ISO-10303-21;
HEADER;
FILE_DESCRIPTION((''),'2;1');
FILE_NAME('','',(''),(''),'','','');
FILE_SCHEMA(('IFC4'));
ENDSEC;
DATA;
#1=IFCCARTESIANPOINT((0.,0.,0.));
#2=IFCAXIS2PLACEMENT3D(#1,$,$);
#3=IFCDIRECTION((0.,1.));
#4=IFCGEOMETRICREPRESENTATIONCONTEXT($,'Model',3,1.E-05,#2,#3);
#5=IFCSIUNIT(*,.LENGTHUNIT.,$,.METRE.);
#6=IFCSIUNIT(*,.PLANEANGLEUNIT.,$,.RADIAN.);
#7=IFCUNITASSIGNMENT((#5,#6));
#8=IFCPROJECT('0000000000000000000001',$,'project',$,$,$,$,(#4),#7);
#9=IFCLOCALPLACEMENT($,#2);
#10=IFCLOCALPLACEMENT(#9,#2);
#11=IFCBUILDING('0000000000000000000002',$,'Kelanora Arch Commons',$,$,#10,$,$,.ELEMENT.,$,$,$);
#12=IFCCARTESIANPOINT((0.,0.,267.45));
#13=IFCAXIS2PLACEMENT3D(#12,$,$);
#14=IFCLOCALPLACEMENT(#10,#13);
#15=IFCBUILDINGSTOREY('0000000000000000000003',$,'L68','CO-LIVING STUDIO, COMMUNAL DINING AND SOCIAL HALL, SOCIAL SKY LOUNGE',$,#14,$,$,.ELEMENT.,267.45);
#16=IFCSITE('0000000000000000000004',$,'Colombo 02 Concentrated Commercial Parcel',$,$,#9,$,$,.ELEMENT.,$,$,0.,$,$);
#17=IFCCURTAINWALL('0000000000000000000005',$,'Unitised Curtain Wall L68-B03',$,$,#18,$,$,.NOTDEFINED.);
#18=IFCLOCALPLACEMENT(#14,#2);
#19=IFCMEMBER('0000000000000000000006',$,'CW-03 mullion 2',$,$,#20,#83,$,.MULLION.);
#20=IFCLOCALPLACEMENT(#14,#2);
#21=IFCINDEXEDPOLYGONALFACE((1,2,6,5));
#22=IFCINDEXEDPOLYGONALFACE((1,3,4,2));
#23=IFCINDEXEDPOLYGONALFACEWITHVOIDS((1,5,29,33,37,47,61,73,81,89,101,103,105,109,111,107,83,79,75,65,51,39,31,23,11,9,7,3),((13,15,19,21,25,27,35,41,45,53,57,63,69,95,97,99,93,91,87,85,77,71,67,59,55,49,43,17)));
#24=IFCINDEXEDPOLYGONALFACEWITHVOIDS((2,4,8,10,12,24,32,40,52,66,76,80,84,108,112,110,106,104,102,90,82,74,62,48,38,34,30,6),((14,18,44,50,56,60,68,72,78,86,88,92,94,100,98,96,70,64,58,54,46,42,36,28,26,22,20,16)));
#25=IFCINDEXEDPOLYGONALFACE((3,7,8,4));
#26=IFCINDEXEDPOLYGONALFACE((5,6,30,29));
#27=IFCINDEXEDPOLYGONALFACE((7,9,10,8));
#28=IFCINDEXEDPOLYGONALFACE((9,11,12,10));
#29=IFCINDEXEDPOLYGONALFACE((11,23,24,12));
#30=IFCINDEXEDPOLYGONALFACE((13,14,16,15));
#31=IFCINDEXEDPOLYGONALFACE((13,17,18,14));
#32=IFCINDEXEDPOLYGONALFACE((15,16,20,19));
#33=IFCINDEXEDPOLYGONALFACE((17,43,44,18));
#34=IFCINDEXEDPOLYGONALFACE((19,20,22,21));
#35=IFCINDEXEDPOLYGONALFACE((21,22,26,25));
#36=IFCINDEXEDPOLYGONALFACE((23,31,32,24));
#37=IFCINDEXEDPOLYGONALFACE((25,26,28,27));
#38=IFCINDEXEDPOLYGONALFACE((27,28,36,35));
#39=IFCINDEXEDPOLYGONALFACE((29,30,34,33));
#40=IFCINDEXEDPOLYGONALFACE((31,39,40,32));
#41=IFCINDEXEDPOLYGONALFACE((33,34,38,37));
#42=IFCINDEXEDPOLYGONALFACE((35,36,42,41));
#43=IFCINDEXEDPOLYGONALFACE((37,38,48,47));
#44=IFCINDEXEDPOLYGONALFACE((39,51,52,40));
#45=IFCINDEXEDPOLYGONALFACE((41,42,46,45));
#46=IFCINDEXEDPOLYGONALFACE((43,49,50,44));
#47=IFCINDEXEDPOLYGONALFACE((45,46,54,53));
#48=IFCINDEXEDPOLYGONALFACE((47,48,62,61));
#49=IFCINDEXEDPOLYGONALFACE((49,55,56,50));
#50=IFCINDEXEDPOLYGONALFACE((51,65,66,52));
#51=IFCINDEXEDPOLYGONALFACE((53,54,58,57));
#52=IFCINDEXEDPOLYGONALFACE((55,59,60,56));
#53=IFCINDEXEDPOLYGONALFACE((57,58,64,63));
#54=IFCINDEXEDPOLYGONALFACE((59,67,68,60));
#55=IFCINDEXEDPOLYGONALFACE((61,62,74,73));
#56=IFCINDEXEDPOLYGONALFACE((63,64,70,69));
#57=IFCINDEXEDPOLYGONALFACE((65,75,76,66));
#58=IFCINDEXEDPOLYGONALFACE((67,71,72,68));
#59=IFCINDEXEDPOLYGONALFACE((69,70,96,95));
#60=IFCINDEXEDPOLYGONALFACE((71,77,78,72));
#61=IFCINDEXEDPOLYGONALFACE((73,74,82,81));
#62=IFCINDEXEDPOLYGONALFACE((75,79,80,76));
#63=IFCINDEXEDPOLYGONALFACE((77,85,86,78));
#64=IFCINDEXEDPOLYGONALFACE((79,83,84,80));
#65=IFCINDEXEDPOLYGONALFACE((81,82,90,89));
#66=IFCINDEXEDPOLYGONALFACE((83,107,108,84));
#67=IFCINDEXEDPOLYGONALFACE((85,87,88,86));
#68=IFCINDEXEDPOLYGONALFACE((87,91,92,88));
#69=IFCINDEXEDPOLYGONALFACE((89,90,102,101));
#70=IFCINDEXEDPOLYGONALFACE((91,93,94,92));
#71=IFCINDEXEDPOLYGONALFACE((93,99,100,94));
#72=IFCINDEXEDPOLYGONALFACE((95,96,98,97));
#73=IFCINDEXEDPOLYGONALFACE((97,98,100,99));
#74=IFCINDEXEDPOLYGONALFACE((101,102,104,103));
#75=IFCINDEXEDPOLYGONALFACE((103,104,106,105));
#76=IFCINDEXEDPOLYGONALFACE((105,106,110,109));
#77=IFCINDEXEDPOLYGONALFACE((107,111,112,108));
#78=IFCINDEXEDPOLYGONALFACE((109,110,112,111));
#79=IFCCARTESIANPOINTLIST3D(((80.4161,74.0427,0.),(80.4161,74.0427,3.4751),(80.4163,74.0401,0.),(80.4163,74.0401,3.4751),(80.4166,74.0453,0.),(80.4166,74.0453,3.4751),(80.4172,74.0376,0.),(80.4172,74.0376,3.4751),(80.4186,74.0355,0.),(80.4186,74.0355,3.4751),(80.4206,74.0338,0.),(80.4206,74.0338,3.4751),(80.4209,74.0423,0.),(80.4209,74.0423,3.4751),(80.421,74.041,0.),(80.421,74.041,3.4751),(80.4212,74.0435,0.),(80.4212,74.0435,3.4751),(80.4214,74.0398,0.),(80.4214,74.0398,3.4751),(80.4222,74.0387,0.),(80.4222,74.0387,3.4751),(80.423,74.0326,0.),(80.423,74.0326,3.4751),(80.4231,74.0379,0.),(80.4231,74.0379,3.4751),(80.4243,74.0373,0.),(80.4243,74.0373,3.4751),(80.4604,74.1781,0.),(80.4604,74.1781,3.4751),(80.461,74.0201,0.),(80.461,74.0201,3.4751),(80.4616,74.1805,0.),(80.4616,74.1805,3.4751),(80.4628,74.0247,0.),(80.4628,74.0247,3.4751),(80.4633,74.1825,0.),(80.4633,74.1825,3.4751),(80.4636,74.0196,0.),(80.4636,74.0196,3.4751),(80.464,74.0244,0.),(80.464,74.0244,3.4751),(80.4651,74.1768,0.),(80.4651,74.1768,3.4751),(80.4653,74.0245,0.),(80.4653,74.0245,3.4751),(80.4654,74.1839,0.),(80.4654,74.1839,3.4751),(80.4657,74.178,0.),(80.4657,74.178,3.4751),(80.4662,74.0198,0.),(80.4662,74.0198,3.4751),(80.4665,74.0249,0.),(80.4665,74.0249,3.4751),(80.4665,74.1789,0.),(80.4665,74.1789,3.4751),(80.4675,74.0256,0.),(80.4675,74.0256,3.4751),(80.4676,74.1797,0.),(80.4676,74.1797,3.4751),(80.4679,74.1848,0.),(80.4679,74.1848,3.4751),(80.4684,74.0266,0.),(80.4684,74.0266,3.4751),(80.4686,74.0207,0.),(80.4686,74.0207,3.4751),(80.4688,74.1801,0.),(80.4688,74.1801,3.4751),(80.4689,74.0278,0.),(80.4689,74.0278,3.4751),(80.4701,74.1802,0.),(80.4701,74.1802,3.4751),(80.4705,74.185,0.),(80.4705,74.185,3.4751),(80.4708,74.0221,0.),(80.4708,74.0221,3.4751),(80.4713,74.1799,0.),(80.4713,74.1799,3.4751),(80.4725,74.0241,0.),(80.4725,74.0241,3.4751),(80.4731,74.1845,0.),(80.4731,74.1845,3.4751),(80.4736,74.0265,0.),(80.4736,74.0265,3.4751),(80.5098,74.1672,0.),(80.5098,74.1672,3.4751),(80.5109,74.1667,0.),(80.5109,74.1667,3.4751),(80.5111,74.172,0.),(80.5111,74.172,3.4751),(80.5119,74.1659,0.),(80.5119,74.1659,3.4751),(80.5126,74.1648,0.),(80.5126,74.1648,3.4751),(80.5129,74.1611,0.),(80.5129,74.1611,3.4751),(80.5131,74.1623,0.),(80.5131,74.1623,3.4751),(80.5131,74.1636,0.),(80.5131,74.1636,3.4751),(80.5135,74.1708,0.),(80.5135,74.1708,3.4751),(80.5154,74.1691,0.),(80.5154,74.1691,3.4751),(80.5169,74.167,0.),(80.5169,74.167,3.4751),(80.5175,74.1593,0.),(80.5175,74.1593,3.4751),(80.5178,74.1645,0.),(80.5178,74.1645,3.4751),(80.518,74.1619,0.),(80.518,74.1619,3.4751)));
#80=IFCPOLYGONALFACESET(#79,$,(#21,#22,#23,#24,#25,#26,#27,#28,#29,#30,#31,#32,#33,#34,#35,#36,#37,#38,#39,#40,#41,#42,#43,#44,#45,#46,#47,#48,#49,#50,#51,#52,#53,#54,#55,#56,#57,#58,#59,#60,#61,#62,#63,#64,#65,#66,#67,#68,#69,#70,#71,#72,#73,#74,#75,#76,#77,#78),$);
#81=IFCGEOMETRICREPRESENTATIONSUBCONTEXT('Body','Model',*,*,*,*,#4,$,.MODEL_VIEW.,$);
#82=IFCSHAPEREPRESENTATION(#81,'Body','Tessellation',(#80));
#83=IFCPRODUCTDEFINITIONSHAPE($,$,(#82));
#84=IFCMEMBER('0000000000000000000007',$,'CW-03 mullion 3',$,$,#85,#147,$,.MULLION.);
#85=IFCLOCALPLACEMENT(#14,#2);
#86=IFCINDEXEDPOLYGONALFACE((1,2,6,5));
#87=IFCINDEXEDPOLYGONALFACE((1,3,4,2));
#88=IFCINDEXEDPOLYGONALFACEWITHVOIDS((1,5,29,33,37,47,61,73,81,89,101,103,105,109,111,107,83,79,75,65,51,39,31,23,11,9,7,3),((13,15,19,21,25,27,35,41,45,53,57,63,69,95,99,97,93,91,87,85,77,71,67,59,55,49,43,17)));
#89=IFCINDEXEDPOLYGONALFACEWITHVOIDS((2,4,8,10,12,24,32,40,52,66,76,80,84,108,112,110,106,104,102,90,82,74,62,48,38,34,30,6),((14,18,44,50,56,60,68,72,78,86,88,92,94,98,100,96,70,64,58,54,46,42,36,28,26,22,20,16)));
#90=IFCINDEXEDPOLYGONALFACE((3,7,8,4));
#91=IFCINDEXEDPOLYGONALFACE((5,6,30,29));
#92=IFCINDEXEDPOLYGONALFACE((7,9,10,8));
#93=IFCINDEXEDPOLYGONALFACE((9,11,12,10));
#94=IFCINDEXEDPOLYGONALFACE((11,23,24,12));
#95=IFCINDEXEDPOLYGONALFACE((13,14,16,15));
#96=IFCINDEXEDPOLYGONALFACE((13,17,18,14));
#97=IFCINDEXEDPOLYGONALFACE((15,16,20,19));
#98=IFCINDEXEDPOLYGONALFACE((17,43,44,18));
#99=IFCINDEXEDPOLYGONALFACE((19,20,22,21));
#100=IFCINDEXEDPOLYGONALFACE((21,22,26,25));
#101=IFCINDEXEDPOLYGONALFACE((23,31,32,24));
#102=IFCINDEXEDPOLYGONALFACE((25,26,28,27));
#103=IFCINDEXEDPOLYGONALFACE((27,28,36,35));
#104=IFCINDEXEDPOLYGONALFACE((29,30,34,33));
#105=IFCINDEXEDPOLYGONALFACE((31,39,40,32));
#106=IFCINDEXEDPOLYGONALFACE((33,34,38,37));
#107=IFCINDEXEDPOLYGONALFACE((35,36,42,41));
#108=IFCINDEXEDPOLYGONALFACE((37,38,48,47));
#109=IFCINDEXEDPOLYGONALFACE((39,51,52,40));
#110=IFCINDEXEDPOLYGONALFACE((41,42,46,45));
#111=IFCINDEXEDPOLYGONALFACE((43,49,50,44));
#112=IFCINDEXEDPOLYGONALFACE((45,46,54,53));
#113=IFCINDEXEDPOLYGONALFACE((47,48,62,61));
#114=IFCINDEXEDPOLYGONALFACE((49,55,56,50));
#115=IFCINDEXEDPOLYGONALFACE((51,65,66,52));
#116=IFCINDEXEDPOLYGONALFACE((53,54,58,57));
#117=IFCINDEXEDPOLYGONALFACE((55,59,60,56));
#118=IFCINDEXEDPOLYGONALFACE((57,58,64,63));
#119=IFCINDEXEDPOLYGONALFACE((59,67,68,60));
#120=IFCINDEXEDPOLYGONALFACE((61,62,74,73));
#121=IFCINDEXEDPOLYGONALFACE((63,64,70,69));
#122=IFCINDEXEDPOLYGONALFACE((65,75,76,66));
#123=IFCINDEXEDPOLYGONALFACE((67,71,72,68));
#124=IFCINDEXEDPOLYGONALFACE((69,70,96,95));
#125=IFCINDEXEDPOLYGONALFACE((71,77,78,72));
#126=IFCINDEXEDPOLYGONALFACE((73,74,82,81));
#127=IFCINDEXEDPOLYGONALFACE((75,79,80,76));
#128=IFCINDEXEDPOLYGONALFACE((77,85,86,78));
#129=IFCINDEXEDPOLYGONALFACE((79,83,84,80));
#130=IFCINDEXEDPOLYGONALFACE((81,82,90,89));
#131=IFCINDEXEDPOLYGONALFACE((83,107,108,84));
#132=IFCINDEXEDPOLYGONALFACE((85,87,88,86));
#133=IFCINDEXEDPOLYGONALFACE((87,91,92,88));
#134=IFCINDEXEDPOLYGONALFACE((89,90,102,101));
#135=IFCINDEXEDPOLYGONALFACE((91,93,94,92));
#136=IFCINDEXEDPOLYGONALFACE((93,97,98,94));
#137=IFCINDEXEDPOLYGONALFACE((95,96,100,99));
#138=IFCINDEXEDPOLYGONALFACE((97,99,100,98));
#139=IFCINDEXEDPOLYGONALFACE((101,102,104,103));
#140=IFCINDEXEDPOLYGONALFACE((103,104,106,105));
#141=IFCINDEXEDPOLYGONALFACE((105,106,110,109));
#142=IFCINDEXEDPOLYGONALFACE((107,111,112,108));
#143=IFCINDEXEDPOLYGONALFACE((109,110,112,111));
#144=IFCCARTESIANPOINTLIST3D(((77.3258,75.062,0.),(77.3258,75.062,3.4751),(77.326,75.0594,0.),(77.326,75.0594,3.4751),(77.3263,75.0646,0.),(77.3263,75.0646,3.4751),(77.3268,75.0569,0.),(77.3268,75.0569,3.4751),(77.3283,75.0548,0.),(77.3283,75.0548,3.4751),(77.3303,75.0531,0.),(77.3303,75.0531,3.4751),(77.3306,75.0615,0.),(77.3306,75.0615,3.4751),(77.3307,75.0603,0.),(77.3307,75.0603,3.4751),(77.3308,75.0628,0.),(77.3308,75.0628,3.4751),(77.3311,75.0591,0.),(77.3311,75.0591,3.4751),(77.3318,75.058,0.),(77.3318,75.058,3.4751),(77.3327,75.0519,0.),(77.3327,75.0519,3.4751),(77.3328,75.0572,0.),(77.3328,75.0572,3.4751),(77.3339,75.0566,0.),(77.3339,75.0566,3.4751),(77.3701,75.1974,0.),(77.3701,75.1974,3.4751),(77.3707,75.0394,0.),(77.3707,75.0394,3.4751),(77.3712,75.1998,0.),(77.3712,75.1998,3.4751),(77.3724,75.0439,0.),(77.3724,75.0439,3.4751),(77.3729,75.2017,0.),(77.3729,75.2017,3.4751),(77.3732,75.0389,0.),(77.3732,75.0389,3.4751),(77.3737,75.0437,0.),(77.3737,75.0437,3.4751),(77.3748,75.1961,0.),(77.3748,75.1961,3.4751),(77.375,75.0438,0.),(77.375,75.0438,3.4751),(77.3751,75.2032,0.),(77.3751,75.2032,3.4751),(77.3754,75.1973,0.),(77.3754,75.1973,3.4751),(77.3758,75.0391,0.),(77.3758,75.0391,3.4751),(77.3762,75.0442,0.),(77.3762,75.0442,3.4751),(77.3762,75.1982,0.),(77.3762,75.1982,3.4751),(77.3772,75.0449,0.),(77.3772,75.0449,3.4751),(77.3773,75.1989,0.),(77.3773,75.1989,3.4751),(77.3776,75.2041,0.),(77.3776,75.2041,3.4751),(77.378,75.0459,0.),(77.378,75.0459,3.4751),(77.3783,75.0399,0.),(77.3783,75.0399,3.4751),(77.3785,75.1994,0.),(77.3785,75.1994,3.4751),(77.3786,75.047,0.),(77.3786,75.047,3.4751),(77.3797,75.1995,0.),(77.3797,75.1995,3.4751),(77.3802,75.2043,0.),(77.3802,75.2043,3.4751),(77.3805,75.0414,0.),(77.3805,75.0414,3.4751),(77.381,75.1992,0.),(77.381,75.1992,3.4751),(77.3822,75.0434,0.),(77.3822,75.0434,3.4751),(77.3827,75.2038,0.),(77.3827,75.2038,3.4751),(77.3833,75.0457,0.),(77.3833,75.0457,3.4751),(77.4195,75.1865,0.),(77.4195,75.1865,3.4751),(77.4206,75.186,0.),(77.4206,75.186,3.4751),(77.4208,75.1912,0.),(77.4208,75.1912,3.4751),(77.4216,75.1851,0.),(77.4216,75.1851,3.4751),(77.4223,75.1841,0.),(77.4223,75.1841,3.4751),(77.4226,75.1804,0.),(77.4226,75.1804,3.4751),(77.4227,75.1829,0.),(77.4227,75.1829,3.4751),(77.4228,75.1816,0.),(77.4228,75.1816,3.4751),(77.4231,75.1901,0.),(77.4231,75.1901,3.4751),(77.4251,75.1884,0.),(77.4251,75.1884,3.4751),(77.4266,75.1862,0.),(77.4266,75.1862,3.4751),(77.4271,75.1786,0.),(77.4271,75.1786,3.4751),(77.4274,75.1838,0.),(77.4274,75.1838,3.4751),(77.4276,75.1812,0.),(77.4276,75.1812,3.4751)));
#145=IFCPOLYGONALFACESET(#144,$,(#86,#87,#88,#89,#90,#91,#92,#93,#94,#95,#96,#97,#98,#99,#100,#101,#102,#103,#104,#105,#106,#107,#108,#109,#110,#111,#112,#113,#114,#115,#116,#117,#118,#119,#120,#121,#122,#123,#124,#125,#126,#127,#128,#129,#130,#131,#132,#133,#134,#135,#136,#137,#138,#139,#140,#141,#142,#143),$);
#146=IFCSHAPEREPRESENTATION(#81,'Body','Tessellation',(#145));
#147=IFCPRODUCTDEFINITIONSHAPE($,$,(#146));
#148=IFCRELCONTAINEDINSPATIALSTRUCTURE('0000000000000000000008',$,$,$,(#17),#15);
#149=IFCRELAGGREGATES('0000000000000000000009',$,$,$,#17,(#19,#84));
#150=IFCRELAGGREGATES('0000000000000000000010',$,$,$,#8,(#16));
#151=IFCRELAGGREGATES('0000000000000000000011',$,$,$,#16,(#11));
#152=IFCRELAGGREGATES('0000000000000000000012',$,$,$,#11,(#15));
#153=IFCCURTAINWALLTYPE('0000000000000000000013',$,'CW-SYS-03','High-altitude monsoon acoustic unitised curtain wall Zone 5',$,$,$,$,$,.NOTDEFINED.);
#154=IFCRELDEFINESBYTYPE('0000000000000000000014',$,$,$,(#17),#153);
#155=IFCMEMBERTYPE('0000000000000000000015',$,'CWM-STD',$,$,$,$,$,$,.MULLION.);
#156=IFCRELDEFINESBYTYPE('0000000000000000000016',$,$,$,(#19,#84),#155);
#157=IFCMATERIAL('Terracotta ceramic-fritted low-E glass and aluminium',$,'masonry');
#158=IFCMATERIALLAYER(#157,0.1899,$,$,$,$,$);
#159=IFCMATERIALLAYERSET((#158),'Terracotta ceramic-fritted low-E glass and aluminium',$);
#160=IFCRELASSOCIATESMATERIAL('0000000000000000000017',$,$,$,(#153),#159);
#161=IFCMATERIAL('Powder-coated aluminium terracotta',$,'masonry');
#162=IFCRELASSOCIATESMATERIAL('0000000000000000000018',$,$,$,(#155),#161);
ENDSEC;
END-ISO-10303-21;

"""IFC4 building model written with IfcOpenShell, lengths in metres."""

from ifc_helpers import new_model, si_unit, direction, frame, origin, origin_2d, place, context, subcontext, project, spatial, hollow_rectangle, extrude, material, layer, layer_set, material_profile, profile_set, type_object, element, aggregate, save


model = new_model("IFC4")

# Units and contexts
model_context = context("Model", 3, precision=1e-05, world=origin(), true_north=direction((0.0, 1.0)))
body_context = subcontext(model_context, "Body", "Model", "MODEL_VIEW")
ifc_project = project(units=[si_unit("LENGTHUNIT", "METRE"), si_unit("PLANEANGLEUNIT", "RADIAN")], contexts=[model_context])

# Site, building, storey
site_placement = place(None, origin())
site = spatial("IfcSite", under=ifc_project, at=site_placement, Name="Colombo 02 Concentrated Commercial Parcel", CompositionType="ELEMENT", RefElevation=0.0)
building_placement = place(site_placement, origin())
building = spatial("IfcBuilding", under=site, at=building_placement, Name="Kelanora Arch Commons", CompositionType="ELEMENT")
storey_placement = place(building_placement, frame((0.0, 0.0, 267.45)))
storey = spatial("IfcBuildingStorey", under=building, at=storey_placement, Name="L68", Description="CO-LIVING STUDIO, COMMUNAL DINING AND SOCIAL HALL, SOCIAL SKY LOUNGE", CompositionType="ELEMENT", Elevation=267.45)

# Curtain wall, members
ifc_material_1 = material(Name="Terracotta ceramic-fritted low-E glass and aluminium", Category="masonry")
ifc_layer_1 = layer(ifc_material_1, 0.1899)
ifc_layer_set_1 = layer_set([ifc_layer_1], Name="Terracotta ceramic-fritted low-E glass and aluminium")
curtain_wall_type = type_object("IfcCurtainWallType", Name="CW-SYS-03", Description="High-altitude monsoon acoustic unitised curtain wall Zone 5", PredefinedType="NOTDEFINED", material=ifc_layer_set_1)
curtain_wall_placement = place(storey_placement, origin())
curtain_wall = element("IfcCurtainWall", 1, at=curtain_wall_placement, inside=storey, type_object=curtain_wall_type, Name="Unitised Curtain Wall L68-B03", PredefinedType="NOTDEFINED")
ifc_material_2 = material(Name="Powder-coated aluminium terracotta", Category="masonry")
ifc_material_profile_1 = material_profile(ifc_material_2, hollow_rectangle(XDim=0.1599, YDim=0.0601, WallThickness=0.0049, InnerFilletRadius=0.0049, OuterFilletRadius=0.01, at=origin_2d()), Name="CWM160x60")
ifc_profile_set_1 = profile_set([ifc_material_profile_1], Name="Powder-coated aluminium terracotta")
member_type_1 = type_object("IfcMemberType", Name="CWM-STD", PredefinedType="MULLION", material=ifc_profile_set_1)
member_1_placement = place(storey_placement, frame((80.467, 74.1023, 0.0), z_axis=(0.0, 0.0, 1.0), x_axis=(-0.313253, -0.94967, 0.0)))
member_1 = element("IfcMember", 2, at=member_1_placement, type_object=member_type_1, Name="CW-03 mullion 2", PredefinedType="MULLION", context=body_context, shape_type="SweptSolid", body=[
    extrude(hollow_rectangle(XDim=0.1599, YDim=0.0601, WallThickness=0.0049, InnerFilletRadius=0.0049, OuterFilletRadius=0.01, at=origin_2d()), origin(), (0.0, 0.0, 1.0), 3.4751),
])
member_2_placement = place(storey_placement, frame((77.3767, 75.1216, 0.0), z_axis=(0.0, 0.0, 1.0), x_axis=(-0.313253, -0.94967, 0.0)))
member_2 = element("IfcMember", 3, at=member_2_placement, type_object=member_type_1, Name="CW-03 mullion 3", PredefinedType="MULLION", context=body_context, shape_type="SweptSolid", body=[
    extrude(hollow_rectangle(XDim=0.1599, YDim=0.0601, WallThickness=0.0049, InnerFilletRadius=0.0049, OuterFilletRadius=0.01, at=origin_2d()), origin(), (0.0, 0.0, 1.0), 3.4751),
])
aggregate(curtain_wall, [member_1, member_2])

save(model, "model.ifc")
